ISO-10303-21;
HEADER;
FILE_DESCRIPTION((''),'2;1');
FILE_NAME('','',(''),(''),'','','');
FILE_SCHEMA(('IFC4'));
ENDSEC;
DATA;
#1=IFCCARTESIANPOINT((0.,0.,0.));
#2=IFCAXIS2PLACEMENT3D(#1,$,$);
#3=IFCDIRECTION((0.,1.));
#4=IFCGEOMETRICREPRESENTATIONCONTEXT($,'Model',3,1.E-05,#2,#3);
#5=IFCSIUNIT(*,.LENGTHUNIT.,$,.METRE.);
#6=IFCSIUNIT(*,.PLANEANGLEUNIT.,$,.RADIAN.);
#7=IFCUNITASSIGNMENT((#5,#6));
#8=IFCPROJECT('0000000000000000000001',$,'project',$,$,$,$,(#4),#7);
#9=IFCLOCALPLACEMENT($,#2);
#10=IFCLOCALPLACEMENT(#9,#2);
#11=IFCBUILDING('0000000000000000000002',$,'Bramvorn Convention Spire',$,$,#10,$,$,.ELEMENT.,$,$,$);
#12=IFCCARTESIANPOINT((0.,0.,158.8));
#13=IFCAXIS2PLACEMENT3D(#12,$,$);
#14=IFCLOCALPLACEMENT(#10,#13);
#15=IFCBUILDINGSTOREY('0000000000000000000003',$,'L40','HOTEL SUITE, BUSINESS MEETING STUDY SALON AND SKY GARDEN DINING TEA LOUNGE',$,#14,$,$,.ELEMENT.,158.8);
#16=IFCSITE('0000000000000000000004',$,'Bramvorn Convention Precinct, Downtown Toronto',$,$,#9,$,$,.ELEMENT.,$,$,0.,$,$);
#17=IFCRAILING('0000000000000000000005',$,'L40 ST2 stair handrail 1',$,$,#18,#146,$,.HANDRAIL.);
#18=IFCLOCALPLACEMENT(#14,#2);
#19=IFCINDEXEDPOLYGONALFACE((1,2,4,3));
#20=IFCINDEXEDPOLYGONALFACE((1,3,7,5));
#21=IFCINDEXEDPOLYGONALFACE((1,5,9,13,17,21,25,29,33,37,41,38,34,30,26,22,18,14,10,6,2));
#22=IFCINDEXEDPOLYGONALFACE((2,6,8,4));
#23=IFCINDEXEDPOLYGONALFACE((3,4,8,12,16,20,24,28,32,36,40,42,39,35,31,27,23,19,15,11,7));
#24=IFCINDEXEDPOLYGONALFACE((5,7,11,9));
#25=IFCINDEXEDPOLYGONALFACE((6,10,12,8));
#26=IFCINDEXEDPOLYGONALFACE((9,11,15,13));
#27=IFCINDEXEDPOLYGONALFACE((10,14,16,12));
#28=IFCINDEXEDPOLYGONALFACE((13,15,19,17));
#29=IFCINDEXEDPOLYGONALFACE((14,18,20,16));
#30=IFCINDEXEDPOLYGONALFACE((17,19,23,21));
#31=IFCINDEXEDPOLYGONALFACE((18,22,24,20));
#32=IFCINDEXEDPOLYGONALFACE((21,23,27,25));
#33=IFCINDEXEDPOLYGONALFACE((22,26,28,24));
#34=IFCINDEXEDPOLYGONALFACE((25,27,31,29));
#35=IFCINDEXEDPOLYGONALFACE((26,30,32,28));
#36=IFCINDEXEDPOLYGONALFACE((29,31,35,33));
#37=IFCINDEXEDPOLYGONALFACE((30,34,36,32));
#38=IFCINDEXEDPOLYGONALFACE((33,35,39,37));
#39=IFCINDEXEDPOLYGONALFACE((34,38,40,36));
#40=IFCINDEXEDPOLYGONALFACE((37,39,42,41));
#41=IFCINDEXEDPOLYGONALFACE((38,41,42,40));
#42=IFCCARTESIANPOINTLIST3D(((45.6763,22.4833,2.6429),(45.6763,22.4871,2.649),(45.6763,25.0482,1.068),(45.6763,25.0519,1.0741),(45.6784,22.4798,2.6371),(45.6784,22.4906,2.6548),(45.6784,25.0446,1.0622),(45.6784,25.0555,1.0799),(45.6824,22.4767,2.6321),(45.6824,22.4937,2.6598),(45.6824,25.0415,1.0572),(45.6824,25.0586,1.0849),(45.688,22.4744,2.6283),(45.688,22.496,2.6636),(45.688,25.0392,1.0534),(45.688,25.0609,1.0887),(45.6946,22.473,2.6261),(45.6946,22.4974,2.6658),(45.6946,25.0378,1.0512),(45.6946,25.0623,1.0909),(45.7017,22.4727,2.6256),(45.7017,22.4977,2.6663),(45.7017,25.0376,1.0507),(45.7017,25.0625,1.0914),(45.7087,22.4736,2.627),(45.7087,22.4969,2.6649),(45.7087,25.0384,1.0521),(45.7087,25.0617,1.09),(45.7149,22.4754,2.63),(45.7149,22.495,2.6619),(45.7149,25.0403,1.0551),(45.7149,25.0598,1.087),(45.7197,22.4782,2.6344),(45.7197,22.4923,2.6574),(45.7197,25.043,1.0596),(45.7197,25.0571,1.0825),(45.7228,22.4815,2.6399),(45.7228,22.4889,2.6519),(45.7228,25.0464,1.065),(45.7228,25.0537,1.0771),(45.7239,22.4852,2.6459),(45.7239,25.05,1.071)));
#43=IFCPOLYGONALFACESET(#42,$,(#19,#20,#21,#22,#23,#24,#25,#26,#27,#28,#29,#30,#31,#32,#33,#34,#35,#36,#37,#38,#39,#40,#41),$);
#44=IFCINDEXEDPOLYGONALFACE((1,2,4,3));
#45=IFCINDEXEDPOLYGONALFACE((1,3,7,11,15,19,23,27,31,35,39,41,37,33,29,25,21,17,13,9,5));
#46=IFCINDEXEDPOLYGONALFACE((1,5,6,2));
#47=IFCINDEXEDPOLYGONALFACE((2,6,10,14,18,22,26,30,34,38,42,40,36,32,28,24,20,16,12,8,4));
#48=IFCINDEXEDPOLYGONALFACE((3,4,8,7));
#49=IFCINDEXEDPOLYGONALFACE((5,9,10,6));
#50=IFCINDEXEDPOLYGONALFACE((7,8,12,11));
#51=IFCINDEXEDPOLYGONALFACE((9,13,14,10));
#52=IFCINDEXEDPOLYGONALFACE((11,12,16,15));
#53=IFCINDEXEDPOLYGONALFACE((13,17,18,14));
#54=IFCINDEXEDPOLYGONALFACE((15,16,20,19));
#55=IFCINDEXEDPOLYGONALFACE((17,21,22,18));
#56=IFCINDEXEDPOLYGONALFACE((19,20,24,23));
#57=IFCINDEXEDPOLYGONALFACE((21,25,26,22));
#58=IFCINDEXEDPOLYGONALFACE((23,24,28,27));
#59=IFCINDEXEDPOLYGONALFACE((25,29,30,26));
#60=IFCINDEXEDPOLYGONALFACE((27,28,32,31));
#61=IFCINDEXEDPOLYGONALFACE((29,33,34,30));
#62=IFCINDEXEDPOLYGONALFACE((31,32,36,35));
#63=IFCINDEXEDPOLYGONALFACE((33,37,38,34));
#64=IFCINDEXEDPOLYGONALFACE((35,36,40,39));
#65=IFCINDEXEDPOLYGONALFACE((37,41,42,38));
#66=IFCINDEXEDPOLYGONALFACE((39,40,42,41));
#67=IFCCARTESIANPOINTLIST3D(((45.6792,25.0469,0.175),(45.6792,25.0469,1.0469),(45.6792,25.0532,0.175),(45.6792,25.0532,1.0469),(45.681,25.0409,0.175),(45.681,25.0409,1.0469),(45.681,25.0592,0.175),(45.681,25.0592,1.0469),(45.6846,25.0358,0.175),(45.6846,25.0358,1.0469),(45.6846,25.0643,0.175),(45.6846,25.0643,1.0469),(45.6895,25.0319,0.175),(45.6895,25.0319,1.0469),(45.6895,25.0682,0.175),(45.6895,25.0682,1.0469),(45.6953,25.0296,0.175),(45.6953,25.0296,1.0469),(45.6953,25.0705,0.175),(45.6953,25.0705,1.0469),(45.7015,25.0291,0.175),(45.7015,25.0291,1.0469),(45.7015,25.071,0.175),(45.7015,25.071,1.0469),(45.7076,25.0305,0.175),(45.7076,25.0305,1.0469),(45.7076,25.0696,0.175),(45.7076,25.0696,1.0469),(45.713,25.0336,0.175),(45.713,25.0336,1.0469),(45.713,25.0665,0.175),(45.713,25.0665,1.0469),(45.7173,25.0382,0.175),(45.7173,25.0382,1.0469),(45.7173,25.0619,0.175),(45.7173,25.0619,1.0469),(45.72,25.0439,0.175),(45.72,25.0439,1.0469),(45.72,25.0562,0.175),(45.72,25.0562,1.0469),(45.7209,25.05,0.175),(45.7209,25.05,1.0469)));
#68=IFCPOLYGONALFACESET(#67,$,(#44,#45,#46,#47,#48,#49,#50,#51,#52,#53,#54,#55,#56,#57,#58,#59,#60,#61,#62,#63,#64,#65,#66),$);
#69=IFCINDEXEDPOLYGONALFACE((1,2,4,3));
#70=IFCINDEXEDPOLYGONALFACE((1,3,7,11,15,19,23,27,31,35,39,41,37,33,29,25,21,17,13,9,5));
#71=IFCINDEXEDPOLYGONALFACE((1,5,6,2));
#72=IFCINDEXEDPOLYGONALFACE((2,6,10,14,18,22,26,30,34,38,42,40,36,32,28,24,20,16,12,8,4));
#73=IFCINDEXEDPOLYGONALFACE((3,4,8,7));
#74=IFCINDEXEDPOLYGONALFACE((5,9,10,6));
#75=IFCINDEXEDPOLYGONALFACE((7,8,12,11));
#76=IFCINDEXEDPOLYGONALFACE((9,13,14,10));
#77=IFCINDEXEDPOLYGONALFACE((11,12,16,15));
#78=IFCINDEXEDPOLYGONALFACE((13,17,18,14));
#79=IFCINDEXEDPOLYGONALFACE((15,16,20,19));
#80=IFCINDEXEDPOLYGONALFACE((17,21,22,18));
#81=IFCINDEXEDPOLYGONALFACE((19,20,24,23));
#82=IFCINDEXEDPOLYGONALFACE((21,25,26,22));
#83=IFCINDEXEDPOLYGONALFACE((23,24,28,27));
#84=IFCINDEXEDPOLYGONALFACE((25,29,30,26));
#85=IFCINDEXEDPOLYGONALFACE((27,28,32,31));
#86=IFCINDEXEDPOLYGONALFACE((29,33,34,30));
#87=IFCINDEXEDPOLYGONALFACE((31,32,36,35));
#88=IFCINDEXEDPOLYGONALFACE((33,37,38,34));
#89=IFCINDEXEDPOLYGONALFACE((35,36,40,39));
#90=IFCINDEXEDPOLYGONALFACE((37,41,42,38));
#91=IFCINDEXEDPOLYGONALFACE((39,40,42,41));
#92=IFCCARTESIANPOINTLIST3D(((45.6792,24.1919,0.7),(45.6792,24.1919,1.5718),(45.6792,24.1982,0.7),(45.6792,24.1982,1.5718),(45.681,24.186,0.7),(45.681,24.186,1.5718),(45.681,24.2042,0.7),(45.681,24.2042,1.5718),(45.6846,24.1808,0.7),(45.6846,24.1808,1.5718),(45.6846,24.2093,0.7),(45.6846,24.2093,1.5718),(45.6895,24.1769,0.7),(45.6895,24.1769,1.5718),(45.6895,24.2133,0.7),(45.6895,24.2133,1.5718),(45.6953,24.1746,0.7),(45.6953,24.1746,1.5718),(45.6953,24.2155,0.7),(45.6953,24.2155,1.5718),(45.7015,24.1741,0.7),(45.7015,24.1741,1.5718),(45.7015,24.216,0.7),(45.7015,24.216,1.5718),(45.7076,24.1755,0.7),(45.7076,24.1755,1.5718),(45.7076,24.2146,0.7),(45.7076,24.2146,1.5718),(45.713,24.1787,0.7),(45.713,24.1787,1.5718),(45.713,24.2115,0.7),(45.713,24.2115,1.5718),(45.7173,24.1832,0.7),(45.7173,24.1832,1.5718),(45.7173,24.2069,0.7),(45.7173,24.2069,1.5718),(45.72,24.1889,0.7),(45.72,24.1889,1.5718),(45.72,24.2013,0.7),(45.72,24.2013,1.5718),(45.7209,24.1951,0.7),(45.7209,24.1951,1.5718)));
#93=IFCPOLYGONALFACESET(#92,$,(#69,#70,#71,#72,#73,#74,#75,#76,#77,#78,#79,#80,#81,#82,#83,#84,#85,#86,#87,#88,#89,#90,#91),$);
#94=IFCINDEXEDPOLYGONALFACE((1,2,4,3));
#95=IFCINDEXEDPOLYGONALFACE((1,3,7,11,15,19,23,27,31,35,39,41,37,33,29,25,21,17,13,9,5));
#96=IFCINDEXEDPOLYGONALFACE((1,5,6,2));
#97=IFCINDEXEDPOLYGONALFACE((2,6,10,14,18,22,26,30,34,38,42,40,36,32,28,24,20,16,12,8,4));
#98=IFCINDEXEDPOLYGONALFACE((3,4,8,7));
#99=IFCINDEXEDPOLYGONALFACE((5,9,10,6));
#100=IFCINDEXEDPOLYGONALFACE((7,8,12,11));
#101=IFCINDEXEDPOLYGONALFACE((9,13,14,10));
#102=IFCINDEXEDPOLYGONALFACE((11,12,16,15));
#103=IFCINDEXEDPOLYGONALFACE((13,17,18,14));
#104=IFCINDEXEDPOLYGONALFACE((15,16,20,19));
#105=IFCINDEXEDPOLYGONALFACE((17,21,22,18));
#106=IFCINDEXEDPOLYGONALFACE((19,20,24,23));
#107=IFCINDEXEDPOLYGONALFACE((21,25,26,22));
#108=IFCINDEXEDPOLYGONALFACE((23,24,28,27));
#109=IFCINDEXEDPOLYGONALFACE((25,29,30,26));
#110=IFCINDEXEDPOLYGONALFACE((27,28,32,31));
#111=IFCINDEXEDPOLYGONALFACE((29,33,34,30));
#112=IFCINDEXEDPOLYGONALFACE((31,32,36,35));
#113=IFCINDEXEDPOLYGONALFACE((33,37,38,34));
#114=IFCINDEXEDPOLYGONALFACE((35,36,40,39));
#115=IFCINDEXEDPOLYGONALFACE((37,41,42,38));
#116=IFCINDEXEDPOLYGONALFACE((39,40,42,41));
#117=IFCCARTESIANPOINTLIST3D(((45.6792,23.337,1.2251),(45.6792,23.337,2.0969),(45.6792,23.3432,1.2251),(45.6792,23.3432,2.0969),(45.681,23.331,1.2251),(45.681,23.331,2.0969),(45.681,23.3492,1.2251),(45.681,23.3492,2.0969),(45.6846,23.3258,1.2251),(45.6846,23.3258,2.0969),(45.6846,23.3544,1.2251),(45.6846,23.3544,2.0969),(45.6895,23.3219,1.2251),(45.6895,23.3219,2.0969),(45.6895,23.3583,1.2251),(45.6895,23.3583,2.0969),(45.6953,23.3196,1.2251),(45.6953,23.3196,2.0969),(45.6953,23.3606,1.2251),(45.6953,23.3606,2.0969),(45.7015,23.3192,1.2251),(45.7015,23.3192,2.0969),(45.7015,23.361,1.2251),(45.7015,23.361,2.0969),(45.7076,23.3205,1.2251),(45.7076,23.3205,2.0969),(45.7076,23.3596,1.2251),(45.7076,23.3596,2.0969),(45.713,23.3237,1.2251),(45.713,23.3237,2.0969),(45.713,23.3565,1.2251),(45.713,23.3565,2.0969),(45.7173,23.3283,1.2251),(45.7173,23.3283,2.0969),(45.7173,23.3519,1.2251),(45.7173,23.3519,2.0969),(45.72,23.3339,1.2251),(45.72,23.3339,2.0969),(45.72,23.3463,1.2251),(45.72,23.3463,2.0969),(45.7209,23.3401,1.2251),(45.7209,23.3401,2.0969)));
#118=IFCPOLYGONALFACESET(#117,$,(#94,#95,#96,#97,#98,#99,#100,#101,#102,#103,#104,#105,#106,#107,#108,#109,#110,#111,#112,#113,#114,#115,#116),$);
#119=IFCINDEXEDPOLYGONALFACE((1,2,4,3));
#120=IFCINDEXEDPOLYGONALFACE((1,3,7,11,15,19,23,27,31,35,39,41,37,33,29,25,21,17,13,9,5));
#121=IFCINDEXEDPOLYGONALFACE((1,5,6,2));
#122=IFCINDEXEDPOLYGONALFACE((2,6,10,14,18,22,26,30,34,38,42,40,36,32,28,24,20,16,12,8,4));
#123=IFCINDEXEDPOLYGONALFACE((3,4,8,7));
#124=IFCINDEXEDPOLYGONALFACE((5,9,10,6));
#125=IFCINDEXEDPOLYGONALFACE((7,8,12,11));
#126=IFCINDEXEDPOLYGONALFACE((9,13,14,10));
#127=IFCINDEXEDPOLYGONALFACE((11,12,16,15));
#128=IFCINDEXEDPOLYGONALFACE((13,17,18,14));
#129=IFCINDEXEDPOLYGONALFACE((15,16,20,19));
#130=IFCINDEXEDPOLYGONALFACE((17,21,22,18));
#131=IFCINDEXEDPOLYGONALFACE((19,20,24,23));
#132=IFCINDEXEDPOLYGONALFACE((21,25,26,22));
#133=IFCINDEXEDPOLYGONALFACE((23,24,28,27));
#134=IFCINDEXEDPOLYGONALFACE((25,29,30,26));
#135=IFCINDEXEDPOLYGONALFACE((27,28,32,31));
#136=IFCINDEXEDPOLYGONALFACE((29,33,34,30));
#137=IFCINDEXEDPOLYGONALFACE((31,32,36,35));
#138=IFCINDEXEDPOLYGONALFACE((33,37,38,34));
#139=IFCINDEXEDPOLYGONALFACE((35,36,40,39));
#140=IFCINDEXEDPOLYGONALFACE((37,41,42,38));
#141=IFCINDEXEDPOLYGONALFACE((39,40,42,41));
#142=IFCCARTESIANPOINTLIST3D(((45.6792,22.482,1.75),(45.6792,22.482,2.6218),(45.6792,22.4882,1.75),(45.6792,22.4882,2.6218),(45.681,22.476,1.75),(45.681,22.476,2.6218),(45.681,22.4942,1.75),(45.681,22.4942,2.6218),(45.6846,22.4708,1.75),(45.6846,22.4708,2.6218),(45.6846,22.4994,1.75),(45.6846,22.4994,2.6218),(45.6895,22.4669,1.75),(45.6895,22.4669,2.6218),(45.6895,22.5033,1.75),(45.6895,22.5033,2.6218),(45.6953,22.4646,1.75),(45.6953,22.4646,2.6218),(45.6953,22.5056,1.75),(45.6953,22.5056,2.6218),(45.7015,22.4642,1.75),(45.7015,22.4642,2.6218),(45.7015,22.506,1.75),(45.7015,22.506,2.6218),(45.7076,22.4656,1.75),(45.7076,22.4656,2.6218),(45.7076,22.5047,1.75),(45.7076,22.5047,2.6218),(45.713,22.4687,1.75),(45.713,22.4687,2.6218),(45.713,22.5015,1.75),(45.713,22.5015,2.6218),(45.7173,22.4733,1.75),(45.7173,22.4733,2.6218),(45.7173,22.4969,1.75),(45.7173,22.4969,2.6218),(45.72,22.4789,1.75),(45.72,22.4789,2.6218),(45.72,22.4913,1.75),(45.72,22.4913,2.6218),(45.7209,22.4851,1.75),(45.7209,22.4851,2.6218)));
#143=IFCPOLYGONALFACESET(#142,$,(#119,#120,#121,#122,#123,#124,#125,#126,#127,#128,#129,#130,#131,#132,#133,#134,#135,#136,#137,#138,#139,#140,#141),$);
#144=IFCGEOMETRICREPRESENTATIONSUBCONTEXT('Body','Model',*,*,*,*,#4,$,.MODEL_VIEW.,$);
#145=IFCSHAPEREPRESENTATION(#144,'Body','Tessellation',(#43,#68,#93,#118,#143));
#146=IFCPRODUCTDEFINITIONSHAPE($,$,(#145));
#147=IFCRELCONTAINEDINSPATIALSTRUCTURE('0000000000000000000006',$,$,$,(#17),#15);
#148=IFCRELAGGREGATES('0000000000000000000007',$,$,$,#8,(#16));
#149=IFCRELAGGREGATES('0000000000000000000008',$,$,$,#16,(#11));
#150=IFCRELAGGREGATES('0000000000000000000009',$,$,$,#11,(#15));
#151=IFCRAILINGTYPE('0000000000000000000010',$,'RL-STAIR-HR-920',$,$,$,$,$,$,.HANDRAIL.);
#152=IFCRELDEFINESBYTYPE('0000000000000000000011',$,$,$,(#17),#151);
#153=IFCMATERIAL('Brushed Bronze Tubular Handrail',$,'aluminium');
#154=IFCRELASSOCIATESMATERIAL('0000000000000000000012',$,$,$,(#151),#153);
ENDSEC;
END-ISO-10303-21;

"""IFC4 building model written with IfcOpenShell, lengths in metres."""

from ifc_helpers import new_model, si_unit, direction, frame, origin, origin_2d, place, context, subcontext, project, spatial, circle, extrude, material, type_object, element, save


model = new_model("IFC4")

# Units and contexts
model_context = context("Model", 3, precision=1e-05, world=origin(), true_north=direction((0.0, 1.0)))
body_context = subcontext(model_context, "Body", "Model", "MODEL_VIEW")
ifc_project = project(units=[si_unit("LENGTHUNIT", "METRE"), si_unit("PLANEANGLEUNIT", "RADIAN")], contexts=[model_context])

# Site, building, storey
site_placement = place(None, origin())
site = spatial("IfcSite", under=ifc_project, at=site_placement, Name="Bramvorn Convention Precinct, Downtown Toronto", CompositionType="ELEMENT", RefElevation=0.0)
building_placement = place(site_placement, origin())
building = spatial("IfcBuilding", under=site, at=building_placement, Name="Bramvorn Convention Spire", CompositionType="ELEMENT")
storey_placement = place(building_placement, frame((0.0, 0.0, 158.8)))
storey = spatial("IfcBuildingStorey", under=building, at=storey_placement, Name="L40", Description="HOTEL SUITE, BUSINESS MEETING STUDY SALON AND SKY GARDEN DINING TEA LOUNGE", CompositionType="ELEMENT", Elevation=158.8)

# Railing
ifc_material_1 = material(Name="Brushed Bronze Tubular Handrail", Category="aluminium")
railing_type_1 = type_object("IfcRailingType", Name="RL-STAIR-HR-920", PredefinedType="HANDRAIL", material=ifc_material_1)
railing_1_placement = place(storey_placement, frame((45.7, 25.05, 0.175)))
element("IfcRailing", 1, at=railing_1_placement, inside=storey, type_object=railing_type_1, Name="L40 ST2 stair handrail 1", PredefinedType="HANDRAIL", context=body_context, shape_type="SweptSolid", body=[
    extrude(circle(Radius=0.0239, at=origin_2d()), frame((0.0, 0.0, 0.896), z_axis=(0.0, -0.852173, 0.52326), x_axis=(1.0, 0.0, 0.0)), (0.0, 0.0, 1.0), 3.0098),
    extrude(circle(Radius=0.021, at=origin_2d()), origin(), (0.0, 0.0, 1.0), 0.8718),
    extrude(circle(Radius=0.021, at=origin_2d()), frame((0.0, -0.855, 0.5249)), (0.0, 0.0, 1.0), 0.8718),
    extrude(circle(Radius=0.021, at=origin_2d()), frame((0.0, -1.71, 1.05)), (0.0, 0.0, 1.0), 0.8718),
    extrude(circle(Radius=0.021, at=origin_2d()), frame((0.0, -2.5649, 1.575)), (0.0, 0.0, 1.0), 0.8718),
])

save(model, "model.ifc")
